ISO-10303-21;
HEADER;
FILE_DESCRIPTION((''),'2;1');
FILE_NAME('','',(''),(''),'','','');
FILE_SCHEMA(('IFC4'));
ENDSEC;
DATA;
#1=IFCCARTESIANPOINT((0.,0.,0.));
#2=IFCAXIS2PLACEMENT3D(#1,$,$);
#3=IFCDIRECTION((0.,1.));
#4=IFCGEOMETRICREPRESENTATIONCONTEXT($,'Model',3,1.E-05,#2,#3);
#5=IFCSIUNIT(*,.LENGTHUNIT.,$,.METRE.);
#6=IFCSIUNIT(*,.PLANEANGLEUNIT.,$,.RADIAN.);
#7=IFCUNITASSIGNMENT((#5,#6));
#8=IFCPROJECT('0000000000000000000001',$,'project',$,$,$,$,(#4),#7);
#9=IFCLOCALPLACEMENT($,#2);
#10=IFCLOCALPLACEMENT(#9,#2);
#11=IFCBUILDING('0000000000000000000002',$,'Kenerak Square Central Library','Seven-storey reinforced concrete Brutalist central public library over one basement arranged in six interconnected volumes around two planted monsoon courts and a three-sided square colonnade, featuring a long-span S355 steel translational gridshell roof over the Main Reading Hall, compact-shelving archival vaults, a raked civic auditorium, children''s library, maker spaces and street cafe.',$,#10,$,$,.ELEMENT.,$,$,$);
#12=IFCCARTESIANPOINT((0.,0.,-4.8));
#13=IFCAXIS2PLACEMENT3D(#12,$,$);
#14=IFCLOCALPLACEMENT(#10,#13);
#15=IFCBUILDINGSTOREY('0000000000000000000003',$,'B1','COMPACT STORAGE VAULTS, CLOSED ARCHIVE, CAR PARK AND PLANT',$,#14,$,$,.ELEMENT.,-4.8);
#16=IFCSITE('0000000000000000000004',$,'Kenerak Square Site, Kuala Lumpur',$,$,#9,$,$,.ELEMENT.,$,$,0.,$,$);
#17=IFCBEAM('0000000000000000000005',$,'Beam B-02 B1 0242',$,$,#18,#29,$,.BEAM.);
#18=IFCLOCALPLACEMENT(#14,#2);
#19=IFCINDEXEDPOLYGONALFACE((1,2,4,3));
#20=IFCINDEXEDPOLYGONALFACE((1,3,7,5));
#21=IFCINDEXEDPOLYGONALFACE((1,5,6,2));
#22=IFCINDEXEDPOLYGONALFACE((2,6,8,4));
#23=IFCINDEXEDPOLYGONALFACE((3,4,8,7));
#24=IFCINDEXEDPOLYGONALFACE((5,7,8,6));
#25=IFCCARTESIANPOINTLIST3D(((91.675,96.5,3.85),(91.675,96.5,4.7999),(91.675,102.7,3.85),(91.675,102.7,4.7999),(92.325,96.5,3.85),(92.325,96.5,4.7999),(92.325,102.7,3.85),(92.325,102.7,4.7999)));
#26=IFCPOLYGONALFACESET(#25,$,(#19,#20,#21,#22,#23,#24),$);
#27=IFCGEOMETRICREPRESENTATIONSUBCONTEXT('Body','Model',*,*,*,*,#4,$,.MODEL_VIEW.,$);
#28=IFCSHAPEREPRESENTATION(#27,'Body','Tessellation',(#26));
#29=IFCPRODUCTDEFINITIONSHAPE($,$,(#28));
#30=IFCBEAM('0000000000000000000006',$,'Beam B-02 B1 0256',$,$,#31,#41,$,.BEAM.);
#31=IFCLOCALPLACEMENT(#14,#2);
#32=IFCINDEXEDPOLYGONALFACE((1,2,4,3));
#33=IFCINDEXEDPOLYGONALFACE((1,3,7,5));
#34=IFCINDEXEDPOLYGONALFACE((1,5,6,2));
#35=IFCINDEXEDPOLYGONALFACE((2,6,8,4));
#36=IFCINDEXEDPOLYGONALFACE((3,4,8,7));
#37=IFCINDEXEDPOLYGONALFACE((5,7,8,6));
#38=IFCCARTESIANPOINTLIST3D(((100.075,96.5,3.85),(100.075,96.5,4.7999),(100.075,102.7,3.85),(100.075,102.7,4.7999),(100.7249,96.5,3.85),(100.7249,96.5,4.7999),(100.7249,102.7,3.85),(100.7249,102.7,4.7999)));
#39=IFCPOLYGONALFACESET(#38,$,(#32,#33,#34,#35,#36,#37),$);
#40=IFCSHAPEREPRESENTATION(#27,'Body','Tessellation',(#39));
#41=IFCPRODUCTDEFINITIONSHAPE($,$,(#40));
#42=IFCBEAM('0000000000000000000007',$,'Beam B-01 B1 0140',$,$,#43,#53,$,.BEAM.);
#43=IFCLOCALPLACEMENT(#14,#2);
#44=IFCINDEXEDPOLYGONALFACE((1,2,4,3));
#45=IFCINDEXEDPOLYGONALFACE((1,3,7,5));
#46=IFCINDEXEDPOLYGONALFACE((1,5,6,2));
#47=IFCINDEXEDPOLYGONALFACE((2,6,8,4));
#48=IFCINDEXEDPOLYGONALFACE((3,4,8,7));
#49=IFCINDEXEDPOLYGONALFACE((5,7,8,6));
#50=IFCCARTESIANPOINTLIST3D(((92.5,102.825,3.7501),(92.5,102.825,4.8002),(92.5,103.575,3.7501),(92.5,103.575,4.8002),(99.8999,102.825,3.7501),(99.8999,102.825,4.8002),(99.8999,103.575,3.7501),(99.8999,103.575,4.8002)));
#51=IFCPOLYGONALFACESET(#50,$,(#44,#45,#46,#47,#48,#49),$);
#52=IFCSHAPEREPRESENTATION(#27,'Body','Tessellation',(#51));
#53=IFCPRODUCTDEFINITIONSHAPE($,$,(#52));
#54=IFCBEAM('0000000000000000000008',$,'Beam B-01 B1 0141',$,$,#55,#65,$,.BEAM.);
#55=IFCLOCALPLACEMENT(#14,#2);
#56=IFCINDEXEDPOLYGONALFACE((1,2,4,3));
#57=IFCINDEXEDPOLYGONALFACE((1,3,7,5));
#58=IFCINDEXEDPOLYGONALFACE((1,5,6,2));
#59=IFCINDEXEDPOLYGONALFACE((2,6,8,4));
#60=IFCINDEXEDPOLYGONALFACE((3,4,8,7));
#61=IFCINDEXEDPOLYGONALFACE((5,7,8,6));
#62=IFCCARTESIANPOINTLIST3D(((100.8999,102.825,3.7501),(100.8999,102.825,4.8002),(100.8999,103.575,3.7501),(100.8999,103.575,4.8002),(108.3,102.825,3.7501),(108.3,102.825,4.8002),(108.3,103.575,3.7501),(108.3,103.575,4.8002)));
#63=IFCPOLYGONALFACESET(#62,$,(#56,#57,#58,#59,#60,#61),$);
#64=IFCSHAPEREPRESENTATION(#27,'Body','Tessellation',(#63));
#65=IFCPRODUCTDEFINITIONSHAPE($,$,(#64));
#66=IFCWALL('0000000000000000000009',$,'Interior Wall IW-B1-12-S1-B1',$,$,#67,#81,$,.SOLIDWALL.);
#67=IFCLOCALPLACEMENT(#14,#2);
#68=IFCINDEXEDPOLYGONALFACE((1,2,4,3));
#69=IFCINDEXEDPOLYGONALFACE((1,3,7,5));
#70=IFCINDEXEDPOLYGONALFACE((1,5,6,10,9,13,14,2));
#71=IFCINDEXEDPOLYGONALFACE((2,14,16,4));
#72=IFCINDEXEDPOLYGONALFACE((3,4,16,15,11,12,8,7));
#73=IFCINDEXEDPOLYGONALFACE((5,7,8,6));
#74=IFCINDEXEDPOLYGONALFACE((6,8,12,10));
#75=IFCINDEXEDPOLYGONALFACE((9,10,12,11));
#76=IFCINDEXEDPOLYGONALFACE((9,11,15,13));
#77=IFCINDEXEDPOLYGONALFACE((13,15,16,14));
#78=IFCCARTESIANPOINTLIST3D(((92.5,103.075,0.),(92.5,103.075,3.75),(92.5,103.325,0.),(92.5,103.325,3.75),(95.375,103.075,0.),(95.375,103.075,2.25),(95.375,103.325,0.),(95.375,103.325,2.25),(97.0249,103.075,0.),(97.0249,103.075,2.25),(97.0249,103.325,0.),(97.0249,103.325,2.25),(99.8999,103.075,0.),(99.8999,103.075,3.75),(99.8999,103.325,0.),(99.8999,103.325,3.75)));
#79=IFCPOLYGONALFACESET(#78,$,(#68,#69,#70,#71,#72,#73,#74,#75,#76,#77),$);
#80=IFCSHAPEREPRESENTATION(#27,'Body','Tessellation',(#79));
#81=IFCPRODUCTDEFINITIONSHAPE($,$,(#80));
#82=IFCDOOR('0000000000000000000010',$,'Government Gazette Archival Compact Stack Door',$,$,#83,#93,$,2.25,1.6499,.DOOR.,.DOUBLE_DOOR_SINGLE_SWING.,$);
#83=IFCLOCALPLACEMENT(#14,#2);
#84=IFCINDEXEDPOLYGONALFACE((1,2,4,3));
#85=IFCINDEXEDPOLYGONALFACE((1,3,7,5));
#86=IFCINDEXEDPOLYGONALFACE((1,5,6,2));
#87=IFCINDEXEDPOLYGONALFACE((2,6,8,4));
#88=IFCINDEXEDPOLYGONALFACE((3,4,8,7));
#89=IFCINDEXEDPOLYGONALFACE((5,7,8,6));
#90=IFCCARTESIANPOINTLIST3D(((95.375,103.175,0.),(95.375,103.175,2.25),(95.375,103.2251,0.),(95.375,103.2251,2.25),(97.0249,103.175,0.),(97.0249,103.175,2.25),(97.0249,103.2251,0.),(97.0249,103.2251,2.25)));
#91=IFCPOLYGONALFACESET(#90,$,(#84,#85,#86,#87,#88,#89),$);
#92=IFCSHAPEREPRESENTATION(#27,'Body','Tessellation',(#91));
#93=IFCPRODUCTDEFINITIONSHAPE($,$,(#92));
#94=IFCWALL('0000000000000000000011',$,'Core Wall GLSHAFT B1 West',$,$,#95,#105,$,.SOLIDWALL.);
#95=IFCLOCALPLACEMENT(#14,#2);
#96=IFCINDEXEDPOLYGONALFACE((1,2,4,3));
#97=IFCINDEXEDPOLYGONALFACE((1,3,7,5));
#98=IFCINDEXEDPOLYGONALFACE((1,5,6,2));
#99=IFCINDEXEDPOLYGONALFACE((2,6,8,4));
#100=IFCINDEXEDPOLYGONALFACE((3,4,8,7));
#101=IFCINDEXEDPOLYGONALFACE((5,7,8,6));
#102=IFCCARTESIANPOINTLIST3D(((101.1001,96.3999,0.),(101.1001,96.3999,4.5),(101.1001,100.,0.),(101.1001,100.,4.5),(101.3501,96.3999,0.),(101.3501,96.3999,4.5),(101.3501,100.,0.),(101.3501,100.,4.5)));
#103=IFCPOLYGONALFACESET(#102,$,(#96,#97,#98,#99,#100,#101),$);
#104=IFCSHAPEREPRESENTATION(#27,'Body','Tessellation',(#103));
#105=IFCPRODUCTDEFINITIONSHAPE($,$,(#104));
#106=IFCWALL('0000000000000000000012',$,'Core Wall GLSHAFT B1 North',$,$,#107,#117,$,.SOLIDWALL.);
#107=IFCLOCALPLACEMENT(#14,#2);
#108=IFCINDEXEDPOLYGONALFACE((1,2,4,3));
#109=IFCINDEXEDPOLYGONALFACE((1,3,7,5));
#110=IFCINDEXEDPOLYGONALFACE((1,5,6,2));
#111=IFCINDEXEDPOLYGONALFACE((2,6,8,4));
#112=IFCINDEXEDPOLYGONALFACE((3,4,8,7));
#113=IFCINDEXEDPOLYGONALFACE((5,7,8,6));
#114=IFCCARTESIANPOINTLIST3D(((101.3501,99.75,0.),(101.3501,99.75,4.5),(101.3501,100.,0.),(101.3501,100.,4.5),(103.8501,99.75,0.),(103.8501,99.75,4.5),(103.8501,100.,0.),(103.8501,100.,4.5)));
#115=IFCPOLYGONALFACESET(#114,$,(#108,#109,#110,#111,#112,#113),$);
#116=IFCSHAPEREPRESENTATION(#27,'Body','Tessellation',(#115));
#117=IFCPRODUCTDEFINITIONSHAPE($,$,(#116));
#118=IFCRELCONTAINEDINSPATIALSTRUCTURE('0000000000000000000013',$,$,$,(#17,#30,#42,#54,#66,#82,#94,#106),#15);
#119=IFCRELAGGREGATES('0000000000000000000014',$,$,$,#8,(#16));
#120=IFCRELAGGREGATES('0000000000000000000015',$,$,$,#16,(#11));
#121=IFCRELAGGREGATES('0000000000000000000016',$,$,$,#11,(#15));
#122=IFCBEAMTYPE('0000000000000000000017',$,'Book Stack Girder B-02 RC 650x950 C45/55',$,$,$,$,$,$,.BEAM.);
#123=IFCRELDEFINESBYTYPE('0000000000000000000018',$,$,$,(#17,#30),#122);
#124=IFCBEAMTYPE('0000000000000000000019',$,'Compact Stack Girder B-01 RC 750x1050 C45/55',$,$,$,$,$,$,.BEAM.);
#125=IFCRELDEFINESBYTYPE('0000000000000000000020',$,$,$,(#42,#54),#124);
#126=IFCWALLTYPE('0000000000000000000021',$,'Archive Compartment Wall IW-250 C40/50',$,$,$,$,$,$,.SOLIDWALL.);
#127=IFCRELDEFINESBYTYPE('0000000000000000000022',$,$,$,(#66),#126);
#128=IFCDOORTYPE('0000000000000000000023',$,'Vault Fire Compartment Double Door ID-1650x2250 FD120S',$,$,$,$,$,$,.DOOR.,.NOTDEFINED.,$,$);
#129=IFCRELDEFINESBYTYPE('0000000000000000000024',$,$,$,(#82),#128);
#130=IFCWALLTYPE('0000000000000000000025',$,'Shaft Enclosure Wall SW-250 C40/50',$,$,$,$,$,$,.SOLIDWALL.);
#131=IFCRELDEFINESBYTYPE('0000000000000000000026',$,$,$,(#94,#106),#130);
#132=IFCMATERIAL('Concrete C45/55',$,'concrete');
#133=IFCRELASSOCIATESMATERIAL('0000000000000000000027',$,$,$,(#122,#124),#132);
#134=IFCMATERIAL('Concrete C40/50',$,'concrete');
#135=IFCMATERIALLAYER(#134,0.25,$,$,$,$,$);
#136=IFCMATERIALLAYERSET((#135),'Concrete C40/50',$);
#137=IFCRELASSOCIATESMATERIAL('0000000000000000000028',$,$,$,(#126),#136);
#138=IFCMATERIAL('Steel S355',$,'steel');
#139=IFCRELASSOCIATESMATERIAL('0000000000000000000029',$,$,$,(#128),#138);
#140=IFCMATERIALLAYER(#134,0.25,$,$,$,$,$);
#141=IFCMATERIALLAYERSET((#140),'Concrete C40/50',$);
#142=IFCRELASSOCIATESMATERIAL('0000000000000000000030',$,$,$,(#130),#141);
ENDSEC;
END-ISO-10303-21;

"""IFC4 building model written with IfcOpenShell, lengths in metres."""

from ifc_helpers import new_model, si_unit, direction, frame, frame_2d, origin, origin_2d, place, context, subcontext, project, spatial, rectangle, extrude, material, layer, layer_set, material_profile, profile_set, type_object, element, fill, save


model = new_model("IFC4")

# Units and contexts
model_context = context("Model", 3, precision=1e-05, world=origin(), true_north=direction((0.0, 1.0)))
body_context = subcontext(model_context, "Body", "Model", "MODEL_VIEW")
ifc_project = project(units=[si_unit("LENGTHUNIT", "METRE"), si_unit("PLANEANGLEUNIT", "RADIAN")], contexts=[model_context])

# Site, building, storey
site_placement = place(None, origin())
site = spatial("IfcSite", under=ifc_project, at=site_placement, Name="Kenerak Square Site, Kuala Lumpur", CompositionType="ELEMENT", RefElevation=0.0)
building_placement = place(site_placement, origin())
building = spatial("IfcBuilding", under=site, at=building_placement, Name="Kenerak Square Central Library", Description="Seven-storey reinforced concrete Brutalist central public library over one basement arranged in six interconnected volumes around two planted monsoon courts and a three-sided square colonnade, featuring a long-span S355 steel translational gridshell roof over the Main Reading Hall, compact-shelving archival vaults, a raked civic auditorium, children's library, maker spaces and street cafe.", CompositionType="ELEMENT")
storey_placement = place(building_placement, frame((0.0, 0.0, -4.8)))
storey = spatial("IfcBuildingStorey", under=building, at=storey_placement, Name="B1", Description="COMPACT STORAGE VAULTS, CLOSED ARCHIVE, CAR PARK AND PLANT", CompositionType="ELEMENT", Elevation=-4.8)

# Shared definitions
ifc_material_1 = material(Name="Concrete C40/50", Category="concrete")

# Shared definitions
ifc_material_2 = material(Name="Concrete C45/55", Category="concrete")

# Beams
ifc_material_profile_1 = material_profile(ifc_material_2, rectangle(XDim=0.6499, YDim=0.95, at=origin_2d()), Name="RC 650x950")
ifc_profile_set_1 = profile_set([ifc_material_profile_1], Name="Concrete C45/55")
beam_type_1 = type_object("IfcBeamType", Name="Book Stack Girder B-02 RC 650x950 C45/55", PredefinedType="BEAM", material=ifc_profile_set_1)
for number, where, z_axis, x_axis, name in (
    (1, (92.0, 96.5, 4.325), (0.0, 1.0, 0.0), (-1.0, 0.0, 0.0), "Beam B-02 B1 0242"),
    (2, (100.3999, 96.5, 4.325), (0.0, 1.0, 0.0), (-1.0, 0.0, 0.0), "Beam B-02 B1 0256"),
):
    element("IfcBeam", number, at=place(storey_placement, frame(where, z_axis=z_axis, x_axis=x_axis)), inside=storey, type_object=beam_type_1, Name=name, PredefinedType="BEAM", context=body_context, shape_type="SweptSolid", body=[
        extrude(rectangle(XDim=0.6499, YDim=0.95, at=origin_2d()), origin(), (0.0, 0.0, 1.0), 6.2),
    ])
ifc_material_profile_2 = material_profile(ifc_material_2, rectangle(XDim=0.75, YDim=1.05, at=origin_2d()), Name="RC 750x1050")
ifc_profile_set_2 = profile_set([ifc_material_profile_2], Name="Concrete C45/55")
beam_type_2 = type_object("IfcBeamType", Name="Compact Stack Girder B-01 RC 750x1050 C45/55", PredefinedType="BEAM", material=ifc_profile_set_2)
beam_1_placement = place(storey_placement, frame((92.5, 103.2, 4.2751), z_axis=(1.0, 0.0, 0.0), x_axis=(0.0, 1.0, 0.0)))
element("IfcBeam", 3, at=beam_1_placement, inside=storey, type_object=beam_type_2, Name="Beam B-01 B1 0140", PredefinedType="BEAM", context=body_context, shape_type="SweptSolid", body=[
    extrude(rectangle(XDim=0.75, YDim=1.05, at=origin_2d()), origin(), (0.0, 0.0, 1.0), 7.3999),
])
beam_2_placement = place(storey_placement, frame((100.8999, 103.2, 4.2751), z_axis=(1.0, 0.0, 0.0), x_axis=(0.0, 1.0, 0.0)))
element("IfcBeam", 4, at=beam_2_placement, inside=storey, type_object=beam_type_2, Name="Beam B-01 B1 0141", PredefinedType="BEAM", context=body_context, shape_type="SweptSolid", body=[
    extrude(rectangle(XDim=0.75, YDim=1.05, at=origin_2d()), origin(), (0.0, 0.0, 1.0), 7.4001),
])

# Wall, opening, door
ifc_layer_1 = layer(ifc_material_1, 0.25)
ifc_layer_set_1 = layer_set([ifc_layer_1], Name="Concrete C40/50")
wall_type_1 = type_object("IfcWallType", Name="Archive Compartment Wall IW-250 C40/50", PredefinedType="SOLIDWALL", material=ifc_layer_set_1)
wall_1_placement = place(storey_placement, frame((99.8999, 103.2, 0.0), z_axis=(0.0, 0.0, 1.0), x_axis=(-1.0, 0.0, 0.0)))
wall_1 = element("IfcWall", 5, at=wall_1_placement, inside=storey, type_object=wall_type_1, Name="Interior Wall IW-B1-12-S1-B1", PredefinedType="SOLIDWALL", context=body_context, shape_type="SweptSolid", body=[
    extrude(rectangle(XDim=7.3999, YDim=0.25, at=frame_2d((3.7, 0.0))), origin(), (0.0, 0.0, 1.0), 3.75),
])
opening_placement = place(wall_1_placement, frame((2.875, 0.0, 0.0)))
opening = element("IfcOpeningElement", 6, at=opening_placement, cuts=wall_1, PredefinedType="OPENING", context=body_context, shape_type="SweptSolid", body=[
    extrude(rectangle(XDim=1.6499, YDim=2.25, at=frame_2d((0.825, 1.125))), frame((0.0, 0.135, 0.0), z_axis=(0.0, -1.0, 0.0), x_axis=(1.0, 0.0, 0.0)), (0.0, 0.0, 1.0), 0.27),
])
ifc_material_3 = material(Name="Steel S355", Category="steel")
door_type = type_object("IfcDoorType", Name="Vault Fire Compartment Double Door ID-1650x2250 FD120S", OperationType="NOTDEFINED", PredefinedType="DOOR", material=ifc_material_3)
door_placement = place(opening_placement, origin())
door = element("IfcDoor", 7, at=door_placement, inside=storey, type_object=door_type, Name="Government Gazette Archival Compact Stack Door", OperationType="DOUBLE_DOOR_SINGLE_SWING", OverallHeight=2.25, OverallWidth=1.6499, PredefinedType="DOOR", context=body_context, shape_type="SweptSolid", body=[
    extrude(rectangle(XDim=1.6499, YDim=2.25, at=frame_2d((0.825, 1.125))), frame((0.0, 0.0249, 0.0), z_axis=(0.0, -1.0, 0.0), x_axis=(1.0, 0.0, 0.0)), (0.0, 0.0, 1.0), 0.05),
])
fill(opening, door)

# Walls
ifc_layer_2 = layer(ifc_material_1, 0.25)
ifc_layer_set_2 = layer_set([ifc_layer_2], Name="Concrete C40/50")
wall_type_2 = type_object("IfcWallType", Name="Shaft Enclosure Wall SW-250 C40/50", PredefinedType="SOLIDWALL", material=ifc_layer_set_2)
wall_2_placement = place(storey_placement, frame((101.2251, 96.3999, 0.0), z_axis=(0.0, 0.0, 1.0), x_axis=(0.0, 1.0, 0.0)))
element("IfcWall", 8, at=wall_2_placement, inside=storey, type_object=wall_type_2, Name="Core Wall GLSHAFT B1 West", PredefinedType="SOLIDWALL", context=body_context, shape_type="SweptSolid", body=[
    extrude(rectangle(XDim=3.6001, YDim=0.25, at=frame_2d((1.8, 0.0))), origin(), (0.0, 0.0, 1.0), 4.5),
])
wall_3_placement = place(storey_placement, frame((101.3501, 99.875, 0.0), z_axis=(0.0, 0.0, 1.0), x_axis=(1.0, 0.0, 0.0)))
element("IfcWall", 9, at=wall_3_placement, inside=storey, type_object=wall_type_2, Name="Core Wall GLSHAFT B1 North", PredefinedType="SOLIDWALL", context=body_context, shape_type="SweptSolid", body=[
    extrude(rectangle(XDim=2.5, YDim=0.25, at=frame_2d((1.25, 0.0))), origin(), (0.0, 0.0, 1.0), 4.5),
])

save(model, "model.ifc")
